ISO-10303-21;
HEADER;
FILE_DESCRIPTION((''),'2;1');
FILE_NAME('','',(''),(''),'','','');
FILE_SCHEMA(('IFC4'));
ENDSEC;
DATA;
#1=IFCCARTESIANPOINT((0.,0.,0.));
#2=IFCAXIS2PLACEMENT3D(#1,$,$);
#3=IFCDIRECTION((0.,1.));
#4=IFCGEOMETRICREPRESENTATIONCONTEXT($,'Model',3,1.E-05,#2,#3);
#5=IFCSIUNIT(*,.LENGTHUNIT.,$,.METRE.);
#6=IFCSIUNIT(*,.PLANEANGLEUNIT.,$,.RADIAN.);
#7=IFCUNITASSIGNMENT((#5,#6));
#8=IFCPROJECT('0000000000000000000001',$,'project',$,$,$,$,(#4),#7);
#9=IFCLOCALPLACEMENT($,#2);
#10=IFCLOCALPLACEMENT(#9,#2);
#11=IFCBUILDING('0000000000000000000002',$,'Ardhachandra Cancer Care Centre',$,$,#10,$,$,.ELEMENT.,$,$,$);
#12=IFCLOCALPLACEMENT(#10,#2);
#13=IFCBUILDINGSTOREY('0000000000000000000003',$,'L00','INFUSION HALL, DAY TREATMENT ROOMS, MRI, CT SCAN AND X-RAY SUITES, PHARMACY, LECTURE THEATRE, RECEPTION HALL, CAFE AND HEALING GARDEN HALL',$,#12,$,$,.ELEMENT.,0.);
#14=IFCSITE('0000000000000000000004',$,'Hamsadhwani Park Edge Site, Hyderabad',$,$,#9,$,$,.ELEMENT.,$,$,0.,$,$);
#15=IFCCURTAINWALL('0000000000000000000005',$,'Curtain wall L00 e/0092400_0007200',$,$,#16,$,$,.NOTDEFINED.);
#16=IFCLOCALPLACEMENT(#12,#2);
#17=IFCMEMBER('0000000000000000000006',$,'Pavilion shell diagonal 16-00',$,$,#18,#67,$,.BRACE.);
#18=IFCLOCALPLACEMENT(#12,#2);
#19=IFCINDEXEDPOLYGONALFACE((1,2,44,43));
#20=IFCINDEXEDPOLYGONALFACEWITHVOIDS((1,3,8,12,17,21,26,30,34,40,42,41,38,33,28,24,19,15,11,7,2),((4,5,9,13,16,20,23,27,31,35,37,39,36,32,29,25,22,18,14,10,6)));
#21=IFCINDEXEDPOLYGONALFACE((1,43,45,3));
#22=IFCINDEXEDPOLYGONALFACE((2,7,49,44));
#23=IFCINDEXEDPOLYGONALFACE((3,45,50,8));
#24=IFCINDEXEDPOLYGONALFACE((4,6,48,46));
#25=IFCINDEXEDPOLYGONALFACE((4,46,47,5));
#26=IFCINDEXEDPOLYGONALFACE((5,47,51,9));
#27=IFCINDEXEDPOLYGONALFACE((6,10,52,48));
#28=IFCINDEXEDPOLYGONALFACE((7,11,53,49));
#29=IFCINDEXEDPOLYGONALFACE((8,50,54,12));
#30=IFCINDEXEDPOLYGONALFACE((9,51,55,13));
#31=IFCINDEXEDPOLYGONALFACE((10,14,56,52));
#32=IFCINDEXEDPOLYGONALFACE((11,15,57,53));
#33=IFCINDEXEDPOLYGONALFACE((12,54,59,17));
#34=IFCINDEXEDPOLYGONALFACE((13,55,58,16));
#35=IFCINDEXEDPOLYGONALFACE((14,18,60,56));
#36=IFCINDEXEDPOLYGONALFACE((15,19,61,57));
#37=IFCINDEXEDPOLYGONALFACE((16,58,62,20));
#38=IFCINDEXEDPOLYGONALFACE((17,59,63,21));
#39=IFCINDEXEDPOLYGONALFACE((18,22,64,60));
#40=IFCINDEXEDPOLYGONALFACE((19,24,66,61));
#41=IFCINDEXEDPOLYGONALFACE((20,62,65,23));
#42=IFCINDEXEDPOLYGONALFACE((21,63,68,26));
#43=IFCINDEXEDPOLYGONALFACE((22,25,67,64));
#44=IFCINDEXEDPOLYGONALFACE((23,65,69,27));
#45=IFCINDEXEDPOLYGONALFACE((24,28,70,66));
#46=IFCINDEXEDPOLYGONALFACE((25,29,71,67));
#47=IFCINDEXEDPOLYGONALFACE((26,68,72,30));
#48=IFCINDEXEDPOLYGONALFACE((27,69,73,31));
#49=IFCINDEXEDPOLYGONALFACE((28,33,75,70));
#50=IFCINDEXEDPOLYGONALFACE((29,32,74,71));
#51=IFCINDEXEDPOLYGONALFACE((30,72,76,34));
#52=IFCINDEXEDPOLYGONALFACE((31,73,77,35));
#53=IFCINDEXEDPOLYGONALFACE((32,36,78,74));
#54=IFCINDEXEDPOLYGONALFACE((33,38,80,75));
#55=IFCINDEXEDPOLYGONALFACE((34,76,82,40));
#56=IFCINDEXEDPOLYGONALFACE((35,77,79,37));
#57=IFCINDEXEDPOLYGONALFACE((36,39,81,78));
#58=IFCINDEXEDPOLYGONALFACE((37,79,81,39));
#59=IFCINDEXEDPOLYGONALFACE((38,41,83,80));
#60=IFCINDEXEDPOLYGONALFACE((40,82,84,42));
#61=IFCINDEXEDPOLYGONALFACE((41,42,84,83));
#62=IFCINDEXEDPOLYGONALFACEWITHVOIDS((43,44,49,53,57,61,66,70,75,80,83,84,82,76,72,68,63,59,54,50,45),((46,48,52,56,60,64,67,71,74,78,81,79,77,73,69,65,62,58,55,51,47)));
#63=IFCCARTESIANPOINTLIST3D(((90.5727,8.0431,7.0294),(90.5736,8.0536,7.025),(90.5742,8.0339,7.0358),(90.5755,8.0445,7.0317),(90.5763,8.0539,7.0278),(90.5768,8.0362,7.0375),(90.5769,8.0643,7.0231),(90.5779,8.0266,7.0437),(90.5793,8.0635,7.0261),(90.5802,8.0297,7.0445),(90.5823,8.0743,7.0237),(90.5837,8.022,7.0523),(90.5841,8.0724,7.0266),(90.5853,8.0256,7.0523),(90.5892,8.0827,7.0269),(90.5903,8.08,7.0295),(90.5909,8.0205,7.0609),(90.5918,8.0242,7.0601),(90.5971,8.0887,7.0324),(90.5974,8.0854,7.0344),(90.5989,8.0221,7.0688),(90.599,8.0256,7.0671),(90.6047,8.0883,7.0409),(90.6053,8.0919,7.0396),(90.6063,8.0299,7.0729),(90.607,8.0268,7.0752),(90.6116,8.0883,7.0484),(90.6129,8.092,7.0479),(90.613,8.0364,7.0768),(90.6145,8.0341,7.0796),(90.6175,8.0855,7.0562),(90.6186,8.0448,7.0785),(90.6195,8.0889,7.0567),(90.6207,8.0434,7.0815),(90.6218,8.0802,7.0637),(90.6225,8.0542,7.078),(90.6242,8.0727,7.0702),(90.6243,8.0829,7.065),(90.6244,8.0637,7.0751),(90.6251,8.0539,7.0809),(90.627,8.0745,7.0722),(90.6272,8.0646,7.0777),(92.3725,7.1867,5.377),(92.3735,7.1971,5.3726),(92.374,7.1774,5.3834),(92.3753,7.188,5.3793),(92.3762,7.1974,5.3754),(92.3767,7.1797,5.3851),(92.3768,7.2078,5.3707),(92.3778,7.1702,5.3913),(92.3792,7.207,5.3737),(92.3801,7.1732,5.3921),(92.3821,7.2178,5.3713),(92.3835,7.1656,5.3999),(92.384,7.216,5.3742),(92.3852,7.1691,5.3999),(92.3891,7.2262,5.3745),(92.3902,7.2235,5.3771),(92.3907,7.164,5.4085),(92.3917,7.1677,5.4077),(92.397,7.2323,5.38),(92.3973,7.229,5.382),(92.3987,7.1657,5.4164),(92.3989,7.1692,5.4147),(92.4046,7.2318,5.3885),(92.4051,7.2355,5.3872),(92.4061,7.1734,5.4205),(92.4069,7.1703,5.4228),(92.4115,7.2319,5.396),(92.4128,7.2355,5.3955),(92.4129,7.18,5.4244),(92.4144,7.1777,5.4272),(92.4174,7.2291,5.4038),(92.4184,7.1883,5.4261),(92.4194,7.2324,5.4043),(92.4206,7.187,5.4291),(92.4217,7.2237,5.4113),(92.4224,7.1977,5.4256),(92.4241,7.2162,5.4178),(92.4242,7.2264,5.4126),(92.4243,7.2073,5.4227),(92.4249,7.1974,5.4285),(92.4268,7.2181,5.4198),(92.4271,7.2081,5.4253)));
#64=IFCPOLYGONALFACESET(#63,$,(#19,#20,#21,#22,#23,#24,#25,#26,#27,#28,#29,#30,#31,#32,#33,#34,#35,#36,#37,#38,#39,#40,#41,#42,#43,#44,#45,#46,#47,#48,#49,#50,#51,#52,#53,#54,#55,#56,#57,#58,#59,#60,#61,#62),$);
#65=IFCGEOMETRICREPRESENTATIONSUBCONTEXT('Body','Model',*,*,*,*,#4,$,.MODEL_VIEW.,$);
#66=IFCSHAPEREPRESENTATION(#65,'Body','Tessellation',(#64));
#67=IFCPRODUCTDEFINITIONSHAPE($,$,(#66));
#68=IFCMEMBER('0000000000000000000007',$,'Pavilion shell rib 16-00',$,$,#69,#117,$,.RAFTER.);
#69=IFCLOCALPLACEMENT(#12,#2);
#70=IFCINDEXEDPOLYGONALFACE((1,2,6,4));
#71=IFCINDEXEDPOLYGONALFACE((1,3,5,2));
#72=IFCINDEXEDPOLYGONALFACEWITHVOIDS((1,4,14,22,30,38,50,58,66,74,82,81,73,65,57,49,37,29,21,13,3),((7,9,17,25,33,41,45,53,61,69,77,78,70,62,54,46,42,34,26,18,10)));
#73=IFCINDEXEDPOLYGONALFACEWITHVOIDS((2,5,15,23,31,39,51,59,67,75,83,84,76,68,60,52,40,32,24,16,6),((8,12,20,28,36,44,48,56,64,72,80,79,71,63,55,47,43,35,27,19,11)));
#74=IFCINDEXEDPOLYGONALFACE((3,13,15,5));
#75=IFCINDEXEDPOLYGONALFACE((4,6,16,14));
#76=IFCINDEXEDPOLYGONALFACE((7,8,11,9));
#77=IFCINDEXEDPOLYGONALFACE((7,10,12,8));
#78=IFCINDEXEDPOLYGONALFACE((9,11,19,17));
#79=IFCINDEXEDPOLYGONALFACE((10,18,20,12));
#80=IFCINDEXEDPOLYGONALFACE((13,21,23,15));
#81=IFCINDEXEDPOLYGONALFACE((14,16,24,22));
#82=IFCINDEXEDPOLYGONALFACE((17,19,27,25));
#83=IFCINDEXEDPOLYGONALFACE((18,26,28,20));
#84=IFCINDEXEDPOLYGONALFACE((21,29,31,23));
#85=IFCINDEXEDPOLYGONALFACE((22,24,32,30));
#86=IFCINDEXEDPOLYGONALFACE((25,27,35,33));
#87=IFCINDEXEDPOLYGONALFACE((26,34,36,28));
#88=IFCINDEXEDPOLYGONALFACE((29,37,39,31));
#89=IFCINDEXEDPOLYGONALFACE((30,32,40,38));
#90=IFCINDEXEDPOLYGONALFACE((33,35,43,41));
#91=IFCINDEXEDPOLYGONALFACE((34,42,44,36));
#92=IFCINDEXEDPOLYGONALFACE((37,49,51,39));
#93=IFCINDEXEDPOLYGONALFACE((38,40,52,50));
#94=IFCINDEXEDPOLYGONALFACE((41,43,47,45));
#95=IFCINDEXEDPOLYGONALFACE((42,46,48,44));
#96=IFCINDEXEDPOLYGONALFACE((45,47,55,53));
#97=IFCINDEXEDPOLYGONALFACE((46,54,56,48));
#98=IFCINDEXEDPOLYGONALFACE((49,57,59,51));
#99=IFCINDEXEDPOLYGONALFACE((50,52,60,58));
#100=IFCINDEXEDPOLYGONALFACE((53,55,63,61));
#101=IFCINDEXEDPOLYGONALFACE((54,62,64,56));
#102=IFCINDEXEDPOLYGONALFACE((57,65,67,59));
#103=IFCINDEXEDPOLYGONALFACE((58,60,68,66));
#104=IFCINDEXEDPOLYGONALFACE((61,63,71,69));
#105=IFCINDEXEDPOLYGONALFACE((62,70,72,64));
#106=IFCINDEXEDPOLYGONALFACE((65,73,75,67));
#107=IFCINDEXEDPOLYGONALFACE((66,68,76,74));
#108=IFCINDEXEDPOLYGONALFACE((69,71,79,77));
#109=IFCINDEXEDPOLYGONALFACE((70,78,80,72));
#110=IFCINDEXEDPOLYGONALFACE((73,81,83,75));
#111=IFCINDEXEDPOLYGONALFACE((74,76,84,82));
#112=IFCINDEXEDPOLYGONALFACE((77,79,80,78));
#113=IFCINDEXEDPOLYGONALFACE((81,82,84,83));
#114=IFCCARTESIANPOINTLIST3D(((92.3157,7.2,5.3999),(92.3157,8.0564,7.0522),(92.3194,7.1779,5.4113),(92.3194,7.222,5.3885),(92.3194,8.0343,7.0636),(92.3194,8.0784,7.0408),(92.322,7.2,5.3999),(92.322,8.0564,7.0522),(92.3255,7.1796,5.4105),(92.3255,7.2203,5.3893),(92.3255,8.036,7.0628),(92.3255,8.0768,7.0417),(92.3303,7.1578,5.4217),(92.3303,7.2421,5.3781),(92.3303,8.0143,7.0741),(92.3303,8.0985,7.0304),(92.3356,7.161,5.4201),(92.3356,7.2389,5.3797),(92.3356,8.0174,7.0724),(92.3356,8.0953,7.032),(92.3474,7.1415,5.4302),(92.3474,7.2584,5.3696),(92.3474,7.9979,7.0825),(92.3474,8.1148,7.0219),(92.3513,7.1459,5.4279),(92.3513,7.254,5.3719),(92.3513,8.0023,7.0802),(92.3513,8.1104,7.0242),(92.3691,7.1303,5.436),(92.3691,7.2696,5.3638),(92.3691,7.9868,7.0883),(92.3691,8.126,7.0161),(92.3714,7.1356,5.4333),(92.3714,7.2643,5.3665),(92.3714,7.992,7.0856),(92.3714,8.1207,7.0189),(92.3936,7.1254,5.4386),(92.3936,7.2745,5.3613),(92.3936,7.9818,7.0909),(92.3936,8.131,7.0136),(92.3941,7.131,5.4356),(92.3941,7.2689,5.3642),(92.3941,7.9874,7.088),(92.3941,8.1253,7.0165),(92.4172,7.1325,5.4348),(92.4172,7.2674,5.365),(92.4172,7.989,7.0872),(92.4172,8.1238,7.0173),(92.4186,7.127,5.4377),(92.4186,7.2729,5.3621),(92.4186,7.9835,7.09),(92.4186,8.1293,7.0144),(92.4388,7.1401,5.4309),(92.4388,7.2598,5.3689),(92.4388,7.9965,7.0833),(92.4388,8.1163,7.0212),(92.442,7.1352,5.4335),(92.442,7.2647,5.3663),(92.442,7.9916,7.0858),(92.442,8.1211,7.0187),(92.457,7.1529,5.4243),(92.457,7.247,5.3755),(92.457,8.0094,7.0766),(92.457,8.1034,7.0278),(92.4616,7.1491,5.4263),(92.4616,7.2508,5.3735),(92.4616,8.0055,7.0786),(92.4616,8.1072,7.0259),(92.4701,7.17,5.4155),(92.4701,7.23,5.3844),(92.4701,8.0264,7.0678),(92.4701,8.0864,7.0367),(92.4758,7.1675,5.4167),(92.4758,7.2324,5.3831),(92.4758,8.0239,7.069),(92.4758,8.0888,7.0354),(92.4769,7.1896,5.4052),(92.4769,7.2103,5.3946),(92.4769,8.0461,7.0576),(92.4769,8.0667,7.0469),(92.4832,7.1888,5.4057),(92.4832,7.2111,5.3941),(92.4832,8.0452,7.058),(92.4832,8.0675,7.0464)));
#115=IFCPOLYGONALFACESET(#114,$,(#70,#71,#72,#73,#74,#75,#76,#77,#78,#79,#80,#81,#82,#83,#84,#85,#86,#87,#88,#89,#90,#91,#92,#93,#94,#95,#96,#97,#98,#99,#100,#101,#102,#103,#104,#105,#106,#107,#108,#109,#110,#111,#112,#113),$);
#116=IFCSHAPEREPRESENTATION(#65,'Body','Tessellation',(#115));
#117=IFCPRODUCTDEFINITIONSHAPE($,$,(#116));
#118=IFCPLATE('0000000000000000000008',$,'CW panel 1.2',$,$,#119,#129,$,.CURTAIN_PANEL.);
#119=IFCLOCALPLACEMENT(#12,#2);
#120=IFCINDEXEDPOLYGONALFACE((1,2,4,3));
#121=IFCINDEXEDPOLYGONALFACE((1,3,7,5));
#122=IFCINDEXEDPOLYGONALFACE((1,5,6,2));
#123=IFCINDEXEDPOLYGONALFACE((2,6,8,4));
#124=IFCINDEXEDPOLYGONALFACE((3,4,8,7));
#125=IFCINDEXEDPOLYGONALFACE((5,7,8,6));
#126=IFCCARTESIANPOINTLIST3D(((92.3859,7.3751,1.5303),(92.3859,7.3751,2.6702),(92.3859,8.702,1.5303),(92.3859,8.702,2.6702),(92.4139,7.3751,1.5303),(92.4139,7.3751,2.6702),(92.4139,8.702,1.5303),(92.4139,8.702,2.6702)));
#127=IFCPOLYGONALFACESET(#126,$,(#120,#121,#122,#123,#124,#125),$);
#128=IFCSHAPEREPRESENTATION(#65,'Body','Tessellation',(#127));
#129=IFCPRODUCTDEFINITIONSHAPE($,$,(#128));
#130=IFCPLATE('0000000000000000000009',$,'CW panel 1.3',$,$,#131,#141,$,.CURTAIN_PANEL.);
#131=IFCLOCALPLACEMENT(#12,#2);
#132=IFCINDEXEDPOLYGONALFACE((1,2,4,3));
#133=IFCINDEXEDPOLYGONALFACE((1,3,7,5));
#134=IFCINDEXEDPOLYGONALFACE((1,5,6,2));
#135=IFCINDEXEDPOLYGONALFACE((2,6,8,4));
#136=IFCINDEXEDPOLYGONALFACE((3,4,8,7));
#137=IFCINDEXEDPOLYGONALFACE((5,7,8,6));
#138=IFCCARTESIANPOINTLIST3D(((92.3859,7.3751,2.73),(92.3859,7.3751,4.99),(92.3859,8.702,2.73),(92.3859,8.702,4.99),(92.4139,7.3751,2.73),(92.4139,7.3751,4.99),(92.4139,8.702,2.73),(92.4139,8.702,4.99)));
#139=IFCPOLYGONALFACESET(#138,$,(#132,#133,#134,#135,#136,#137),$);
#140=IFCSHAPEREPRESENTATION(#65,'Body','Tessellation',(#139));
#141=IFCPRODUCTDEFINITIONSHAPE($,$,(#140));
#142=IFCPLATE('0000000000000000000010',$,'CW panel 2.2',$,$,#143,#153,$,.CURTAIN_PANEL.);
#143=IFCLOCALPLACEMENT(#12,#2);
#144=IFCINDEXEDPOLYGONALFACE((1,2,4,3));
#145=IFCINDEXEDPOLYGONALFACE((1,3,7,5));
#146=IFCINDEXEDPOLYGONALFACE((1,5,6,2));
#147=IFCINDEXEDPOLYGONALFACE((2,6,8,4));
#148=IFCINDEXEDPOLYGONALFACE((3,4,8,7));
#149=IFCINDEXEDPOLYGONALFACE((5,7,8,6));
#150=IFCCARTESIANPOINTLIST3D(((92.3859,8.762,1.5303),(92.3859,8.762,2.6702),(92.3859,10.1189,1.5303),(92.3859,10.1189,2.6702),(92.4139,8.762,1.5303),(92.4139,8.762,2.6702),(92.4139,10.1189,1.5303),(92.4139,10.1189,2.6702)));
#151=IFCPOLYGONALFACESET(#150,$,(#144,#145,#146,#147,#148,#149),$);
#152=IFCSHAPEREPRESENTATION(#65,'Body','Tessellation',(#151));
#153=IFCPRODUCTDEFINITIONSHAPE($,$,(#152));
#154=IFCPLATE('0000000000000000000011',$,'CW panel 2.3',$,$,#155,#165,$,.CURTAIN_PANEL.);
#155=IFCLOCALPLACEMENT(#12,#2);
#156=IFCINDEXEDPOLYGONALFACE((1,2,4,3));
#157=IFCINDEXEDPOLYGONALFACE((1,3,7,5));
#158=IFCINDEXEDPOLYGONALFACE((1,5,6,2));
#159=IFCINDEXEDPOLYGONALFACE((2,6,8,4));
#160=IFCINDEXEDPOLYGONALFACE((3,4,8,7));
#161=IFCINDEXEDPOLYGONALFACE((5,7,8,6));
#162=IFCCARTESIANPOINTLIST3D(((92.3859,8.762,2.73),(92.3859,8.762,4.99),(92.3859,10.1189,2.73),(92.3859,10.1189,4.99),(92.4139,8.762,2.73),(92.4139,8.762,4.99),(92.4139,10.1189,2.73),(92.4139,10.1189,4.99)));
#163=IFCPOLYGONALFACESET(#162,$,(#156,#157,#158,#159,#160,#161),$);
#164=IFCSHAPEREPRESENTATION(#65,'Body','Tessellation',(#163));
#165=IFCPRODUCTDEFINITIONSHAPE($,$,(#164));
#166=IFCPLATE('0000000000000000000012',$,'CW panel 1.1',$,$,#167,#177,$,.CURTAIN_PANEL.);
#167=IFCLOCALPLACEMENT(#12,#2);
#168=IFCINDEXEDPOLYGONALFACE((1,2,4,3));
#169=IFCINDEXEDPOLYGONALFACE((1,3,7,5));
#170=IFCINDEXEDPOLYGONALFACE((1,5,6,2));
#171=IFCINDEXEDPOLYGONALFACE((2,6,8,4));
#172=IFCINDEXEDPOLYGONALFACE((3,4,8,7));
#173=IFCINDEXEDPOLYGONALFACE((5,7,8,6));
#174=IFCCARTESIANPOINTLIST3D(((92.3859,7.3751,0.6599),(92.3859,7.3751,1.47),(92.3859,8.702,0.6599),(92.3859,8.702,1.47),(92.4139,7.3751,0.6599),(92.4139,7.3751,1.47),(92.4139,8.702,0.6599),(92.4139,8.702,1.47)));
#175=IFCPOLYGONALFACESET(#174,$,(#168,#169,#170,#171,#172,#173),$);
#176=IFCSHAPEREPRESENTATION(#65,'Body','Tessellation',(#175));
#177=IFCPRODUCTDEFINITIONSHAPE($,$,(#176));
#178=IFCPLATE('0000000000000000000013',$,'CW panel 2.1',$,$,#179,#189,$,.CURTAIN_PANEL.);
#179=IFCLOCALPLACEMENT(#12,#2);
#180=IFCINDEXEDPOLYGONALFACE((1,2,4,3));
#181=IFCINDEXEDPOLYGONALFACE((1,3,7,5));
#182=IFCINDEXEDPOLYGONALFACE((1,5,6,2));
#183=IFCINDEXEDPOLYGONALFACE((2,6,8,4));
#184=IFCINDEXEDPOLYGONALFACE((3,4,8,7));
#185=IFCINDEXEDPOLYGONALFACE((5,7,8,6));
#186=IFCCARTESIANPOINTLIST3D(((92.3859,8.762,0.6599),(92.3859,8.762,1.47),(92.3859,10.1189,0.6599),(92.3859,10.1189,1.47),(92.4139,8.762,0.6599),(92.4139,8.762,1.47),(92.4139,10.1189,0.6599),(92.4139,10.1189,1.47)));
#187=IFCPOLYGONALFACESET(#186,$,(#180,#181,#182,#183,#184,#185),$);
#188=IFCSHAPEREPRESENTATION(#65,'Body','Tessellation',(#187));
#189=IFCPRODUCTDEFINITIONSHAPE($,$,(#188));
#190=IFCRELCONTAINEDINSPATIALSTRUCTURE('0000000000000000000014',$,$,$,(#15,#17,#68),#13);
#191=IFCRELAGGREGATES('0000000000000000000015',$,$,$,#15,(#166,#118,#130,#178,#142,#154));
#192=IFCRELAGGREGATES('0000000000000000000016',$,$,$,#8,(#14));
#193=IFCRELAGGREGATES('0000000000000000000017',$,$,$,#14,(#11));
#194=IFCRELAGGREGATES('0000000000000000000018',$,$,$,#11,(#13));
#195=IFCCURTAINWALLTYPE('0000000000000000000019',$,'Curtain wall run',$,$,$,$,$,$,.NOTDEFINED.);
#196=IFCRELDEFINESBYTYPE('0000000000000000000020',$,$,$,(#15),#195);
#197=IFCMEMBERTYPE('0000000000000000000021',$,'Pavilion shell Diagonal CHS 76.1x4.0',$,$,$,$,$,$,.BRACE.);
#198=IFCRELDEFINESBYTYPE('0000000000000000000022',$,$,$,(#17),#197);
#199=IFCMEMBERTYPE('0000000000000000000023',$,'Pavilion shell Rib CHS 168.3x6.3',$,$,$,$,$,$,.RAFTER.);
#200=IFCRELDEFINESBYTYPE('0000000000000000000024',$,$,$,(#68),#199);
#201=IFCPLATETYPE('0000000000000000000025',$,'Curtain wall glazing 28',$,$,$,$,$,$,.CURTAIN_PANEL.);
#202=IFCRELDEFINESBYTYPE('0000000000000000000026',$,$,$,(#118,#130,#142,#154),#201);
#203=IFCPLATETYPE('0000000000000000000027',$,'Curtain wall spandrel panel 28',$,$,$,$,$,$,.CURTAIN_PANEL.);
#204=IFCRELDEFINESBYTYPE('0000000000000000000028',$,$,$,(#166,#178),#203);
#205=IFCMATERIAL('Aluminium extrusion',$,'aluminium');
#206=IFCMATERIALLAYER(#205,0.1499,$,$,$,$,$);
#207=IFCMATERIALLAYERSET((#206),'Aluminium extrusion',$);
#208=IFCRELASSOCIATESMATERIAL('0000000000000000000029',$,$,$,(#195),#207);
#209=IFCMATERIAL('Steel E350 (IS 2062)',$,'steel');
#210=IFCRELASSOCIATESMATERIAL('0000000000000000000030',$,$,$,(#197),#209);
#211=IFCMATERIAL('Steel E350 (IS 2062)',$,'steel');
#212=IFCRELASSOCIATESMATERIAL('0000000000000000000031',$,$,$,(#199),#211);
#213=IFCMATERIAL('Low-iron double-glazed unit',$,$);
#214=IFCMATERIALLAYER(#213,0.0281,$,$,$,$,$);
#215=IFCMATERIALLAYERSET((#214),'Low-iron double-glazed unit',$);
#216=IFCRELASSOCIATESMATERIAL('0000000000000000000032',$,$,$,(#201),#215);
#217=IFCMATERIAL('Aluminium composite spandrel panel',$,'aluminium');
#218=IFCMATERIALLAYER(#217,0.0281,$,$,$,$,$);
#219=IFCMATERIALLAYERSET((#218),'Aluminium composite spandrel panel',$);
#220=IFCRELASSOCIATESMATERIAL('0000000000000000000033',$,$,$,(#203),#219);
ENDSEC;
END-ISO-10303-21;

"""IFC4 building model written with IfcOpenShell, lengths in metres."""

from ifc_helpers import new_model, si_unit, direction, frame, origin, origin_2d, place, context, subcontext, project, spatial, rectangle, hollow_circle, extrude, material, layer, layer_set, material_profile, profile_set, type_object, element, aggregate, save


model = new_model("IFC4")

# Units and contexts
model_context = context("Model", 3, precision=1e-05, world=origin(), true_north=direction((0.0, 1.0)))
body_context = subcontext(model_context, "Body", "Model", "MODEL_VIEW")
ifc_project = project(units=[si_unit("LENGTHUNIT", "METRE"), si_unit("PLANEANGLEUNIT", "RADIAN")], contexts=[model_context])

# Site, building, storey
site_placement = place(None, origin())
site = spatial("IfcSite", under=ifc_project, at=site_placement, Name="Hamsadhwani Park Edge Site, Hyderabad", CompositionType="ELEMENT", RefElevation=0.0)
building_placement = place(site_placement, origin())
building = spatial("IfcBuilding", under=site, at=building_placement, Name="Ardhachandra Cancer Care Centre", CompositionType="ELEMENT")
storey_placement = place(building_placement, origin())
storey = spatial("IfcBuildingStorey", under=building, at=storey_placement, Name="L00", Description="INFUSION HALL, DAY TREATMENT ROOMS, MRI, CT SCAN AND X-RAY SUITES, PHARMACY, LECTURE THEATRE, RECEPTION HALL, CAFE AND HEALING GARDEN HALL", CompositionType="ELEMENT", Elevation=0.0)

# Shared definitions
ifc_material_1 = material(Name="Aluminium extrusion", Category="aluminium")
ifc_layer_1 = layer(ifc_material_1, 0.1499)
ifc_layer_set_1 = layer_set([ifc_layer_1], Name="Aluminium extrusion")
curtain_wall_type = type_object("IfcCurtainWallType", Name="Curtain wall run", PredefinedType="NOTDEFINED", material=ifc_layer_set_1)

# Curtain wall
curtain_wall_1_placement = place(storey_placement, origin())
curtain_wall_1 = element("IfcCurtainWall", 1, at=curtain_wall_1_placement, inside=storey, type_object=curtain_wall_type, Name="Curtain wall L00 e/0092400_0007200", PredefinedType="NOTDEFINED")

# Members
ifc_material_2 = material(Name="Steel E350 (IS 2062)", Category="steel")
ifc_material_profile_1 = material_profile(ifc_material_2, hollow_circle(Radius=0.0381, WallThickness=0.0039, at=origin_2d()), Name="CHS 76.1x4.0")
ifc_profile_set_1 = profile_set([ifc_material_profile_1], Name="Steel E350 (IS 2062)")
member_type_1 = type_object("IfcMemberType", Name="Pavilion shell Diagonal CHS 76.1x4.0", PredefinedType="BRACE", material=ifc_profile_set_1)
member_1_placement = place(storey_placement, frame((92.3999, 7.2, 5.3999), z_axis=(-0.695168, 0.330799, 0.638212), x_axis=(-0.429686, -0.902978, 0.0)))
element("IfcMember", 2, at=member_1_placement, inside=storey, type_object=member_type_1, Name="Pavilion shell diagonal 16-00", PredefinedType="BRACE", context=body_context, shape_type="SweptSolid", body=[
    extrude(hollow_circle(Radius=0.0381, WallThickness=0.0039, at=origin_2d()), origin(), (0.0, 0.0, 1.0), 2.5891),
])
ifc_material_3 = material(Name="Steel E350 (IS 2062)", Category="steel")
ifc_material_profile_2 = material_profile(ifc_material_3, hollow_circle(Radius=0.0842, WallThickness=0.0063, at=origin_2d()), Name="CHS 168.3x6.3")
ifc_profile_set_2 = profile_set([ifc_material_profile_2], Name="Steel E350 (IS 2062)")
member_type_2 = type_object("IfcMemberType", Name="Pavilion shell Rib CHS 168.3x6.3", PredefinedType="RAFTER", material=ifc_profile_set_2)
member_2_placement = place(storey_placement, frame((92.3999, 7.2, 5.3999), z_axis=(0.0, 0.460179, 0.887826), x_axis=(-1.0, 0.0, 0.0)))
element("IfcMember", 3, at=member_2_placement, inside=storey, type_object=member_type_2, Name="Pavilion shell rib 16-00", PredefinedType="RAFTER", context=body_context, shape_type="SweptSolid", body=[
    extrude(hollow_circle(Radius=0.0842, WallThickness=0.0063, at=origin_2d()), origin(), (0.0, 0.0, 1.0), 1.8611),
])

# Plates
ifc_material_4 = material(Name="Low-iron double-glazed unit")
ifc_layer_2 = layer(ifc_material_4, 0.0281)
ifc_layer_set_2 = layer_set([ifc_layer_2], Name="Low-iron double-glazed unit")
plate_type_1 = type_object("IfcPlateType", Name="Curtain wall glazing 28", PredefinedType="CURTAIN_PANEL", material=ifc_layer_set_2)
plate_1_placement = place(storey_placement, frame((92.3999, 8.0386, 1.5303), z_axis=(0.0, 0.0, 1.0), x_axis=(0.0, 1.0, 0.0)))
plate_1 = element("IfcPlate", 4, at=plate_1_placement, type_object=plate_type_1, Name="CW panel 1.2", PredefinedType="CURTAIN_PANEL", context=body_context, shape_type="SweptSolid", body=[
    extrude(rectangle(XDim=1.3269, YDim=0.0281, at=origin_2d()), origin(), (0.0, 0.0, 1.0), 1.1399),
])
plate_2_placement = place(storey_placement, frame((92.3999, 8.0386, 2.73), z_axis=(0.0, 0.0, 1.0), x_axis=(0.0, 1.0, 0.0)))
plate_2 = element("IfcPlate", 5, at=plate_2_placement, type_object=plate_type_1, Name="CW panel 1.3", PredefinedType="CURTAIN_PANEL", context=body_context, shape_type="SweptSolid", body=[
    extrude(rectangle(XDim=1.3269, YDim=0.0281, at=origin_2d()), origin(), (0.0, 0.0, 1.0), 2.26),
])
plate_3_placement = place(storey_placement, frame((92.3999, 9.4404, 1.5303), z_axis=(0.0, 0.0, 1.0), x_axis=(0.0, 1.0, 0.0)))
plate_3 = element("IfcPlate", 6, at=plate_3_placement, type_object=plate_type_1, Name="CW panel 2.2", PredefinedType="CURTAIN_PANEL", context=body_context, shape_type="SweptSolid", body=[
    extrude(rectangle(XDim=1.3569, YDim=0.0281, at=origin_2d()), origin(), (0.0, 0.0, 1.0), 1.1399),
])
plate_4_placement = place(storey_placement, frame((92.3999, 9.4404, 2.73), z_axis=(0.0, 0.0, 1.0), x_axis=(0.0, 1.0, 0.0)))
plate_4 = element("IfcPlate", 7, at=plate_4_placement, type_object=plate_type_1, Name="CW panel 2.3", PredefinedType="CURTAIN_PANEL", context=body_context, shape_type="SweptSolid", body=[
    extrude(rectangle(XDim=1.3569, YDim=0.0281, at=origin_2d()), origin(), (0.0, 0.0, 1.0), 2.26),
])
ifc_material_5 = material(Name="Aluminium composite spandrel panel", Category="aluminium")
ifc_layer_3 = layer(ifc_material_5, 0.0281)
ifc_layer_set_3 = layer_set([ifc_layer_3], Name="Aluminium composite spandrel panel")
plate_type_2 = type_object("IfcPlateType", Name="Curtain wall spandrel panel 28", PredefinedType="CURTAIN_PANEL", material=ifc_layer_set_3)
plate_5_placement = place(storey_placement, frame((92.3999, 8.0386, 0.6599), z_axis=(0.0, 0.0, 1.0), x_axis=(0.0, 1.0, 0.0)))
plate_5 = element("IfcPlate", 8, at=plate_5_placement, type_object=plate_type_2, Name="CW panel 1.1", PredefinedType="CURTAIN_PANEL", context=body_context, shape_type="SweptSolid", body=[
    extrude(rectangle(XDim=1.3269, YDim=0.0281, at=origin_2d()), origin(), (0.0, 0.0, 1.0), 0.8101),
])
plate_6_placement = place(storey_placement, frame((92.3999, 9.4404, 0.6599), z_axis=(0.0, 0.0, 1.0), x_axis=(0.0, 1.0, 0.0)))
plate_6 = element("IfcPlate", 9, at=plate_6_placement, type_object=plate_type_2, Name="CW panel 2.1", PredefinedType="CURTAIN_PANEL", context=body_context, shape_type="SweptSolid", body=[
    extrude(rectangle(XDim=1.3569, YDim=0.0281, at=origin_2d()), origin(), (0.0, 0.0, 1.0), 0.8101),
])
aggregate(curtain_wall_1, [plate_5, plate_1, plate_2, plate_6, plate_3, plate_4])

save(model, "model.ifc")
